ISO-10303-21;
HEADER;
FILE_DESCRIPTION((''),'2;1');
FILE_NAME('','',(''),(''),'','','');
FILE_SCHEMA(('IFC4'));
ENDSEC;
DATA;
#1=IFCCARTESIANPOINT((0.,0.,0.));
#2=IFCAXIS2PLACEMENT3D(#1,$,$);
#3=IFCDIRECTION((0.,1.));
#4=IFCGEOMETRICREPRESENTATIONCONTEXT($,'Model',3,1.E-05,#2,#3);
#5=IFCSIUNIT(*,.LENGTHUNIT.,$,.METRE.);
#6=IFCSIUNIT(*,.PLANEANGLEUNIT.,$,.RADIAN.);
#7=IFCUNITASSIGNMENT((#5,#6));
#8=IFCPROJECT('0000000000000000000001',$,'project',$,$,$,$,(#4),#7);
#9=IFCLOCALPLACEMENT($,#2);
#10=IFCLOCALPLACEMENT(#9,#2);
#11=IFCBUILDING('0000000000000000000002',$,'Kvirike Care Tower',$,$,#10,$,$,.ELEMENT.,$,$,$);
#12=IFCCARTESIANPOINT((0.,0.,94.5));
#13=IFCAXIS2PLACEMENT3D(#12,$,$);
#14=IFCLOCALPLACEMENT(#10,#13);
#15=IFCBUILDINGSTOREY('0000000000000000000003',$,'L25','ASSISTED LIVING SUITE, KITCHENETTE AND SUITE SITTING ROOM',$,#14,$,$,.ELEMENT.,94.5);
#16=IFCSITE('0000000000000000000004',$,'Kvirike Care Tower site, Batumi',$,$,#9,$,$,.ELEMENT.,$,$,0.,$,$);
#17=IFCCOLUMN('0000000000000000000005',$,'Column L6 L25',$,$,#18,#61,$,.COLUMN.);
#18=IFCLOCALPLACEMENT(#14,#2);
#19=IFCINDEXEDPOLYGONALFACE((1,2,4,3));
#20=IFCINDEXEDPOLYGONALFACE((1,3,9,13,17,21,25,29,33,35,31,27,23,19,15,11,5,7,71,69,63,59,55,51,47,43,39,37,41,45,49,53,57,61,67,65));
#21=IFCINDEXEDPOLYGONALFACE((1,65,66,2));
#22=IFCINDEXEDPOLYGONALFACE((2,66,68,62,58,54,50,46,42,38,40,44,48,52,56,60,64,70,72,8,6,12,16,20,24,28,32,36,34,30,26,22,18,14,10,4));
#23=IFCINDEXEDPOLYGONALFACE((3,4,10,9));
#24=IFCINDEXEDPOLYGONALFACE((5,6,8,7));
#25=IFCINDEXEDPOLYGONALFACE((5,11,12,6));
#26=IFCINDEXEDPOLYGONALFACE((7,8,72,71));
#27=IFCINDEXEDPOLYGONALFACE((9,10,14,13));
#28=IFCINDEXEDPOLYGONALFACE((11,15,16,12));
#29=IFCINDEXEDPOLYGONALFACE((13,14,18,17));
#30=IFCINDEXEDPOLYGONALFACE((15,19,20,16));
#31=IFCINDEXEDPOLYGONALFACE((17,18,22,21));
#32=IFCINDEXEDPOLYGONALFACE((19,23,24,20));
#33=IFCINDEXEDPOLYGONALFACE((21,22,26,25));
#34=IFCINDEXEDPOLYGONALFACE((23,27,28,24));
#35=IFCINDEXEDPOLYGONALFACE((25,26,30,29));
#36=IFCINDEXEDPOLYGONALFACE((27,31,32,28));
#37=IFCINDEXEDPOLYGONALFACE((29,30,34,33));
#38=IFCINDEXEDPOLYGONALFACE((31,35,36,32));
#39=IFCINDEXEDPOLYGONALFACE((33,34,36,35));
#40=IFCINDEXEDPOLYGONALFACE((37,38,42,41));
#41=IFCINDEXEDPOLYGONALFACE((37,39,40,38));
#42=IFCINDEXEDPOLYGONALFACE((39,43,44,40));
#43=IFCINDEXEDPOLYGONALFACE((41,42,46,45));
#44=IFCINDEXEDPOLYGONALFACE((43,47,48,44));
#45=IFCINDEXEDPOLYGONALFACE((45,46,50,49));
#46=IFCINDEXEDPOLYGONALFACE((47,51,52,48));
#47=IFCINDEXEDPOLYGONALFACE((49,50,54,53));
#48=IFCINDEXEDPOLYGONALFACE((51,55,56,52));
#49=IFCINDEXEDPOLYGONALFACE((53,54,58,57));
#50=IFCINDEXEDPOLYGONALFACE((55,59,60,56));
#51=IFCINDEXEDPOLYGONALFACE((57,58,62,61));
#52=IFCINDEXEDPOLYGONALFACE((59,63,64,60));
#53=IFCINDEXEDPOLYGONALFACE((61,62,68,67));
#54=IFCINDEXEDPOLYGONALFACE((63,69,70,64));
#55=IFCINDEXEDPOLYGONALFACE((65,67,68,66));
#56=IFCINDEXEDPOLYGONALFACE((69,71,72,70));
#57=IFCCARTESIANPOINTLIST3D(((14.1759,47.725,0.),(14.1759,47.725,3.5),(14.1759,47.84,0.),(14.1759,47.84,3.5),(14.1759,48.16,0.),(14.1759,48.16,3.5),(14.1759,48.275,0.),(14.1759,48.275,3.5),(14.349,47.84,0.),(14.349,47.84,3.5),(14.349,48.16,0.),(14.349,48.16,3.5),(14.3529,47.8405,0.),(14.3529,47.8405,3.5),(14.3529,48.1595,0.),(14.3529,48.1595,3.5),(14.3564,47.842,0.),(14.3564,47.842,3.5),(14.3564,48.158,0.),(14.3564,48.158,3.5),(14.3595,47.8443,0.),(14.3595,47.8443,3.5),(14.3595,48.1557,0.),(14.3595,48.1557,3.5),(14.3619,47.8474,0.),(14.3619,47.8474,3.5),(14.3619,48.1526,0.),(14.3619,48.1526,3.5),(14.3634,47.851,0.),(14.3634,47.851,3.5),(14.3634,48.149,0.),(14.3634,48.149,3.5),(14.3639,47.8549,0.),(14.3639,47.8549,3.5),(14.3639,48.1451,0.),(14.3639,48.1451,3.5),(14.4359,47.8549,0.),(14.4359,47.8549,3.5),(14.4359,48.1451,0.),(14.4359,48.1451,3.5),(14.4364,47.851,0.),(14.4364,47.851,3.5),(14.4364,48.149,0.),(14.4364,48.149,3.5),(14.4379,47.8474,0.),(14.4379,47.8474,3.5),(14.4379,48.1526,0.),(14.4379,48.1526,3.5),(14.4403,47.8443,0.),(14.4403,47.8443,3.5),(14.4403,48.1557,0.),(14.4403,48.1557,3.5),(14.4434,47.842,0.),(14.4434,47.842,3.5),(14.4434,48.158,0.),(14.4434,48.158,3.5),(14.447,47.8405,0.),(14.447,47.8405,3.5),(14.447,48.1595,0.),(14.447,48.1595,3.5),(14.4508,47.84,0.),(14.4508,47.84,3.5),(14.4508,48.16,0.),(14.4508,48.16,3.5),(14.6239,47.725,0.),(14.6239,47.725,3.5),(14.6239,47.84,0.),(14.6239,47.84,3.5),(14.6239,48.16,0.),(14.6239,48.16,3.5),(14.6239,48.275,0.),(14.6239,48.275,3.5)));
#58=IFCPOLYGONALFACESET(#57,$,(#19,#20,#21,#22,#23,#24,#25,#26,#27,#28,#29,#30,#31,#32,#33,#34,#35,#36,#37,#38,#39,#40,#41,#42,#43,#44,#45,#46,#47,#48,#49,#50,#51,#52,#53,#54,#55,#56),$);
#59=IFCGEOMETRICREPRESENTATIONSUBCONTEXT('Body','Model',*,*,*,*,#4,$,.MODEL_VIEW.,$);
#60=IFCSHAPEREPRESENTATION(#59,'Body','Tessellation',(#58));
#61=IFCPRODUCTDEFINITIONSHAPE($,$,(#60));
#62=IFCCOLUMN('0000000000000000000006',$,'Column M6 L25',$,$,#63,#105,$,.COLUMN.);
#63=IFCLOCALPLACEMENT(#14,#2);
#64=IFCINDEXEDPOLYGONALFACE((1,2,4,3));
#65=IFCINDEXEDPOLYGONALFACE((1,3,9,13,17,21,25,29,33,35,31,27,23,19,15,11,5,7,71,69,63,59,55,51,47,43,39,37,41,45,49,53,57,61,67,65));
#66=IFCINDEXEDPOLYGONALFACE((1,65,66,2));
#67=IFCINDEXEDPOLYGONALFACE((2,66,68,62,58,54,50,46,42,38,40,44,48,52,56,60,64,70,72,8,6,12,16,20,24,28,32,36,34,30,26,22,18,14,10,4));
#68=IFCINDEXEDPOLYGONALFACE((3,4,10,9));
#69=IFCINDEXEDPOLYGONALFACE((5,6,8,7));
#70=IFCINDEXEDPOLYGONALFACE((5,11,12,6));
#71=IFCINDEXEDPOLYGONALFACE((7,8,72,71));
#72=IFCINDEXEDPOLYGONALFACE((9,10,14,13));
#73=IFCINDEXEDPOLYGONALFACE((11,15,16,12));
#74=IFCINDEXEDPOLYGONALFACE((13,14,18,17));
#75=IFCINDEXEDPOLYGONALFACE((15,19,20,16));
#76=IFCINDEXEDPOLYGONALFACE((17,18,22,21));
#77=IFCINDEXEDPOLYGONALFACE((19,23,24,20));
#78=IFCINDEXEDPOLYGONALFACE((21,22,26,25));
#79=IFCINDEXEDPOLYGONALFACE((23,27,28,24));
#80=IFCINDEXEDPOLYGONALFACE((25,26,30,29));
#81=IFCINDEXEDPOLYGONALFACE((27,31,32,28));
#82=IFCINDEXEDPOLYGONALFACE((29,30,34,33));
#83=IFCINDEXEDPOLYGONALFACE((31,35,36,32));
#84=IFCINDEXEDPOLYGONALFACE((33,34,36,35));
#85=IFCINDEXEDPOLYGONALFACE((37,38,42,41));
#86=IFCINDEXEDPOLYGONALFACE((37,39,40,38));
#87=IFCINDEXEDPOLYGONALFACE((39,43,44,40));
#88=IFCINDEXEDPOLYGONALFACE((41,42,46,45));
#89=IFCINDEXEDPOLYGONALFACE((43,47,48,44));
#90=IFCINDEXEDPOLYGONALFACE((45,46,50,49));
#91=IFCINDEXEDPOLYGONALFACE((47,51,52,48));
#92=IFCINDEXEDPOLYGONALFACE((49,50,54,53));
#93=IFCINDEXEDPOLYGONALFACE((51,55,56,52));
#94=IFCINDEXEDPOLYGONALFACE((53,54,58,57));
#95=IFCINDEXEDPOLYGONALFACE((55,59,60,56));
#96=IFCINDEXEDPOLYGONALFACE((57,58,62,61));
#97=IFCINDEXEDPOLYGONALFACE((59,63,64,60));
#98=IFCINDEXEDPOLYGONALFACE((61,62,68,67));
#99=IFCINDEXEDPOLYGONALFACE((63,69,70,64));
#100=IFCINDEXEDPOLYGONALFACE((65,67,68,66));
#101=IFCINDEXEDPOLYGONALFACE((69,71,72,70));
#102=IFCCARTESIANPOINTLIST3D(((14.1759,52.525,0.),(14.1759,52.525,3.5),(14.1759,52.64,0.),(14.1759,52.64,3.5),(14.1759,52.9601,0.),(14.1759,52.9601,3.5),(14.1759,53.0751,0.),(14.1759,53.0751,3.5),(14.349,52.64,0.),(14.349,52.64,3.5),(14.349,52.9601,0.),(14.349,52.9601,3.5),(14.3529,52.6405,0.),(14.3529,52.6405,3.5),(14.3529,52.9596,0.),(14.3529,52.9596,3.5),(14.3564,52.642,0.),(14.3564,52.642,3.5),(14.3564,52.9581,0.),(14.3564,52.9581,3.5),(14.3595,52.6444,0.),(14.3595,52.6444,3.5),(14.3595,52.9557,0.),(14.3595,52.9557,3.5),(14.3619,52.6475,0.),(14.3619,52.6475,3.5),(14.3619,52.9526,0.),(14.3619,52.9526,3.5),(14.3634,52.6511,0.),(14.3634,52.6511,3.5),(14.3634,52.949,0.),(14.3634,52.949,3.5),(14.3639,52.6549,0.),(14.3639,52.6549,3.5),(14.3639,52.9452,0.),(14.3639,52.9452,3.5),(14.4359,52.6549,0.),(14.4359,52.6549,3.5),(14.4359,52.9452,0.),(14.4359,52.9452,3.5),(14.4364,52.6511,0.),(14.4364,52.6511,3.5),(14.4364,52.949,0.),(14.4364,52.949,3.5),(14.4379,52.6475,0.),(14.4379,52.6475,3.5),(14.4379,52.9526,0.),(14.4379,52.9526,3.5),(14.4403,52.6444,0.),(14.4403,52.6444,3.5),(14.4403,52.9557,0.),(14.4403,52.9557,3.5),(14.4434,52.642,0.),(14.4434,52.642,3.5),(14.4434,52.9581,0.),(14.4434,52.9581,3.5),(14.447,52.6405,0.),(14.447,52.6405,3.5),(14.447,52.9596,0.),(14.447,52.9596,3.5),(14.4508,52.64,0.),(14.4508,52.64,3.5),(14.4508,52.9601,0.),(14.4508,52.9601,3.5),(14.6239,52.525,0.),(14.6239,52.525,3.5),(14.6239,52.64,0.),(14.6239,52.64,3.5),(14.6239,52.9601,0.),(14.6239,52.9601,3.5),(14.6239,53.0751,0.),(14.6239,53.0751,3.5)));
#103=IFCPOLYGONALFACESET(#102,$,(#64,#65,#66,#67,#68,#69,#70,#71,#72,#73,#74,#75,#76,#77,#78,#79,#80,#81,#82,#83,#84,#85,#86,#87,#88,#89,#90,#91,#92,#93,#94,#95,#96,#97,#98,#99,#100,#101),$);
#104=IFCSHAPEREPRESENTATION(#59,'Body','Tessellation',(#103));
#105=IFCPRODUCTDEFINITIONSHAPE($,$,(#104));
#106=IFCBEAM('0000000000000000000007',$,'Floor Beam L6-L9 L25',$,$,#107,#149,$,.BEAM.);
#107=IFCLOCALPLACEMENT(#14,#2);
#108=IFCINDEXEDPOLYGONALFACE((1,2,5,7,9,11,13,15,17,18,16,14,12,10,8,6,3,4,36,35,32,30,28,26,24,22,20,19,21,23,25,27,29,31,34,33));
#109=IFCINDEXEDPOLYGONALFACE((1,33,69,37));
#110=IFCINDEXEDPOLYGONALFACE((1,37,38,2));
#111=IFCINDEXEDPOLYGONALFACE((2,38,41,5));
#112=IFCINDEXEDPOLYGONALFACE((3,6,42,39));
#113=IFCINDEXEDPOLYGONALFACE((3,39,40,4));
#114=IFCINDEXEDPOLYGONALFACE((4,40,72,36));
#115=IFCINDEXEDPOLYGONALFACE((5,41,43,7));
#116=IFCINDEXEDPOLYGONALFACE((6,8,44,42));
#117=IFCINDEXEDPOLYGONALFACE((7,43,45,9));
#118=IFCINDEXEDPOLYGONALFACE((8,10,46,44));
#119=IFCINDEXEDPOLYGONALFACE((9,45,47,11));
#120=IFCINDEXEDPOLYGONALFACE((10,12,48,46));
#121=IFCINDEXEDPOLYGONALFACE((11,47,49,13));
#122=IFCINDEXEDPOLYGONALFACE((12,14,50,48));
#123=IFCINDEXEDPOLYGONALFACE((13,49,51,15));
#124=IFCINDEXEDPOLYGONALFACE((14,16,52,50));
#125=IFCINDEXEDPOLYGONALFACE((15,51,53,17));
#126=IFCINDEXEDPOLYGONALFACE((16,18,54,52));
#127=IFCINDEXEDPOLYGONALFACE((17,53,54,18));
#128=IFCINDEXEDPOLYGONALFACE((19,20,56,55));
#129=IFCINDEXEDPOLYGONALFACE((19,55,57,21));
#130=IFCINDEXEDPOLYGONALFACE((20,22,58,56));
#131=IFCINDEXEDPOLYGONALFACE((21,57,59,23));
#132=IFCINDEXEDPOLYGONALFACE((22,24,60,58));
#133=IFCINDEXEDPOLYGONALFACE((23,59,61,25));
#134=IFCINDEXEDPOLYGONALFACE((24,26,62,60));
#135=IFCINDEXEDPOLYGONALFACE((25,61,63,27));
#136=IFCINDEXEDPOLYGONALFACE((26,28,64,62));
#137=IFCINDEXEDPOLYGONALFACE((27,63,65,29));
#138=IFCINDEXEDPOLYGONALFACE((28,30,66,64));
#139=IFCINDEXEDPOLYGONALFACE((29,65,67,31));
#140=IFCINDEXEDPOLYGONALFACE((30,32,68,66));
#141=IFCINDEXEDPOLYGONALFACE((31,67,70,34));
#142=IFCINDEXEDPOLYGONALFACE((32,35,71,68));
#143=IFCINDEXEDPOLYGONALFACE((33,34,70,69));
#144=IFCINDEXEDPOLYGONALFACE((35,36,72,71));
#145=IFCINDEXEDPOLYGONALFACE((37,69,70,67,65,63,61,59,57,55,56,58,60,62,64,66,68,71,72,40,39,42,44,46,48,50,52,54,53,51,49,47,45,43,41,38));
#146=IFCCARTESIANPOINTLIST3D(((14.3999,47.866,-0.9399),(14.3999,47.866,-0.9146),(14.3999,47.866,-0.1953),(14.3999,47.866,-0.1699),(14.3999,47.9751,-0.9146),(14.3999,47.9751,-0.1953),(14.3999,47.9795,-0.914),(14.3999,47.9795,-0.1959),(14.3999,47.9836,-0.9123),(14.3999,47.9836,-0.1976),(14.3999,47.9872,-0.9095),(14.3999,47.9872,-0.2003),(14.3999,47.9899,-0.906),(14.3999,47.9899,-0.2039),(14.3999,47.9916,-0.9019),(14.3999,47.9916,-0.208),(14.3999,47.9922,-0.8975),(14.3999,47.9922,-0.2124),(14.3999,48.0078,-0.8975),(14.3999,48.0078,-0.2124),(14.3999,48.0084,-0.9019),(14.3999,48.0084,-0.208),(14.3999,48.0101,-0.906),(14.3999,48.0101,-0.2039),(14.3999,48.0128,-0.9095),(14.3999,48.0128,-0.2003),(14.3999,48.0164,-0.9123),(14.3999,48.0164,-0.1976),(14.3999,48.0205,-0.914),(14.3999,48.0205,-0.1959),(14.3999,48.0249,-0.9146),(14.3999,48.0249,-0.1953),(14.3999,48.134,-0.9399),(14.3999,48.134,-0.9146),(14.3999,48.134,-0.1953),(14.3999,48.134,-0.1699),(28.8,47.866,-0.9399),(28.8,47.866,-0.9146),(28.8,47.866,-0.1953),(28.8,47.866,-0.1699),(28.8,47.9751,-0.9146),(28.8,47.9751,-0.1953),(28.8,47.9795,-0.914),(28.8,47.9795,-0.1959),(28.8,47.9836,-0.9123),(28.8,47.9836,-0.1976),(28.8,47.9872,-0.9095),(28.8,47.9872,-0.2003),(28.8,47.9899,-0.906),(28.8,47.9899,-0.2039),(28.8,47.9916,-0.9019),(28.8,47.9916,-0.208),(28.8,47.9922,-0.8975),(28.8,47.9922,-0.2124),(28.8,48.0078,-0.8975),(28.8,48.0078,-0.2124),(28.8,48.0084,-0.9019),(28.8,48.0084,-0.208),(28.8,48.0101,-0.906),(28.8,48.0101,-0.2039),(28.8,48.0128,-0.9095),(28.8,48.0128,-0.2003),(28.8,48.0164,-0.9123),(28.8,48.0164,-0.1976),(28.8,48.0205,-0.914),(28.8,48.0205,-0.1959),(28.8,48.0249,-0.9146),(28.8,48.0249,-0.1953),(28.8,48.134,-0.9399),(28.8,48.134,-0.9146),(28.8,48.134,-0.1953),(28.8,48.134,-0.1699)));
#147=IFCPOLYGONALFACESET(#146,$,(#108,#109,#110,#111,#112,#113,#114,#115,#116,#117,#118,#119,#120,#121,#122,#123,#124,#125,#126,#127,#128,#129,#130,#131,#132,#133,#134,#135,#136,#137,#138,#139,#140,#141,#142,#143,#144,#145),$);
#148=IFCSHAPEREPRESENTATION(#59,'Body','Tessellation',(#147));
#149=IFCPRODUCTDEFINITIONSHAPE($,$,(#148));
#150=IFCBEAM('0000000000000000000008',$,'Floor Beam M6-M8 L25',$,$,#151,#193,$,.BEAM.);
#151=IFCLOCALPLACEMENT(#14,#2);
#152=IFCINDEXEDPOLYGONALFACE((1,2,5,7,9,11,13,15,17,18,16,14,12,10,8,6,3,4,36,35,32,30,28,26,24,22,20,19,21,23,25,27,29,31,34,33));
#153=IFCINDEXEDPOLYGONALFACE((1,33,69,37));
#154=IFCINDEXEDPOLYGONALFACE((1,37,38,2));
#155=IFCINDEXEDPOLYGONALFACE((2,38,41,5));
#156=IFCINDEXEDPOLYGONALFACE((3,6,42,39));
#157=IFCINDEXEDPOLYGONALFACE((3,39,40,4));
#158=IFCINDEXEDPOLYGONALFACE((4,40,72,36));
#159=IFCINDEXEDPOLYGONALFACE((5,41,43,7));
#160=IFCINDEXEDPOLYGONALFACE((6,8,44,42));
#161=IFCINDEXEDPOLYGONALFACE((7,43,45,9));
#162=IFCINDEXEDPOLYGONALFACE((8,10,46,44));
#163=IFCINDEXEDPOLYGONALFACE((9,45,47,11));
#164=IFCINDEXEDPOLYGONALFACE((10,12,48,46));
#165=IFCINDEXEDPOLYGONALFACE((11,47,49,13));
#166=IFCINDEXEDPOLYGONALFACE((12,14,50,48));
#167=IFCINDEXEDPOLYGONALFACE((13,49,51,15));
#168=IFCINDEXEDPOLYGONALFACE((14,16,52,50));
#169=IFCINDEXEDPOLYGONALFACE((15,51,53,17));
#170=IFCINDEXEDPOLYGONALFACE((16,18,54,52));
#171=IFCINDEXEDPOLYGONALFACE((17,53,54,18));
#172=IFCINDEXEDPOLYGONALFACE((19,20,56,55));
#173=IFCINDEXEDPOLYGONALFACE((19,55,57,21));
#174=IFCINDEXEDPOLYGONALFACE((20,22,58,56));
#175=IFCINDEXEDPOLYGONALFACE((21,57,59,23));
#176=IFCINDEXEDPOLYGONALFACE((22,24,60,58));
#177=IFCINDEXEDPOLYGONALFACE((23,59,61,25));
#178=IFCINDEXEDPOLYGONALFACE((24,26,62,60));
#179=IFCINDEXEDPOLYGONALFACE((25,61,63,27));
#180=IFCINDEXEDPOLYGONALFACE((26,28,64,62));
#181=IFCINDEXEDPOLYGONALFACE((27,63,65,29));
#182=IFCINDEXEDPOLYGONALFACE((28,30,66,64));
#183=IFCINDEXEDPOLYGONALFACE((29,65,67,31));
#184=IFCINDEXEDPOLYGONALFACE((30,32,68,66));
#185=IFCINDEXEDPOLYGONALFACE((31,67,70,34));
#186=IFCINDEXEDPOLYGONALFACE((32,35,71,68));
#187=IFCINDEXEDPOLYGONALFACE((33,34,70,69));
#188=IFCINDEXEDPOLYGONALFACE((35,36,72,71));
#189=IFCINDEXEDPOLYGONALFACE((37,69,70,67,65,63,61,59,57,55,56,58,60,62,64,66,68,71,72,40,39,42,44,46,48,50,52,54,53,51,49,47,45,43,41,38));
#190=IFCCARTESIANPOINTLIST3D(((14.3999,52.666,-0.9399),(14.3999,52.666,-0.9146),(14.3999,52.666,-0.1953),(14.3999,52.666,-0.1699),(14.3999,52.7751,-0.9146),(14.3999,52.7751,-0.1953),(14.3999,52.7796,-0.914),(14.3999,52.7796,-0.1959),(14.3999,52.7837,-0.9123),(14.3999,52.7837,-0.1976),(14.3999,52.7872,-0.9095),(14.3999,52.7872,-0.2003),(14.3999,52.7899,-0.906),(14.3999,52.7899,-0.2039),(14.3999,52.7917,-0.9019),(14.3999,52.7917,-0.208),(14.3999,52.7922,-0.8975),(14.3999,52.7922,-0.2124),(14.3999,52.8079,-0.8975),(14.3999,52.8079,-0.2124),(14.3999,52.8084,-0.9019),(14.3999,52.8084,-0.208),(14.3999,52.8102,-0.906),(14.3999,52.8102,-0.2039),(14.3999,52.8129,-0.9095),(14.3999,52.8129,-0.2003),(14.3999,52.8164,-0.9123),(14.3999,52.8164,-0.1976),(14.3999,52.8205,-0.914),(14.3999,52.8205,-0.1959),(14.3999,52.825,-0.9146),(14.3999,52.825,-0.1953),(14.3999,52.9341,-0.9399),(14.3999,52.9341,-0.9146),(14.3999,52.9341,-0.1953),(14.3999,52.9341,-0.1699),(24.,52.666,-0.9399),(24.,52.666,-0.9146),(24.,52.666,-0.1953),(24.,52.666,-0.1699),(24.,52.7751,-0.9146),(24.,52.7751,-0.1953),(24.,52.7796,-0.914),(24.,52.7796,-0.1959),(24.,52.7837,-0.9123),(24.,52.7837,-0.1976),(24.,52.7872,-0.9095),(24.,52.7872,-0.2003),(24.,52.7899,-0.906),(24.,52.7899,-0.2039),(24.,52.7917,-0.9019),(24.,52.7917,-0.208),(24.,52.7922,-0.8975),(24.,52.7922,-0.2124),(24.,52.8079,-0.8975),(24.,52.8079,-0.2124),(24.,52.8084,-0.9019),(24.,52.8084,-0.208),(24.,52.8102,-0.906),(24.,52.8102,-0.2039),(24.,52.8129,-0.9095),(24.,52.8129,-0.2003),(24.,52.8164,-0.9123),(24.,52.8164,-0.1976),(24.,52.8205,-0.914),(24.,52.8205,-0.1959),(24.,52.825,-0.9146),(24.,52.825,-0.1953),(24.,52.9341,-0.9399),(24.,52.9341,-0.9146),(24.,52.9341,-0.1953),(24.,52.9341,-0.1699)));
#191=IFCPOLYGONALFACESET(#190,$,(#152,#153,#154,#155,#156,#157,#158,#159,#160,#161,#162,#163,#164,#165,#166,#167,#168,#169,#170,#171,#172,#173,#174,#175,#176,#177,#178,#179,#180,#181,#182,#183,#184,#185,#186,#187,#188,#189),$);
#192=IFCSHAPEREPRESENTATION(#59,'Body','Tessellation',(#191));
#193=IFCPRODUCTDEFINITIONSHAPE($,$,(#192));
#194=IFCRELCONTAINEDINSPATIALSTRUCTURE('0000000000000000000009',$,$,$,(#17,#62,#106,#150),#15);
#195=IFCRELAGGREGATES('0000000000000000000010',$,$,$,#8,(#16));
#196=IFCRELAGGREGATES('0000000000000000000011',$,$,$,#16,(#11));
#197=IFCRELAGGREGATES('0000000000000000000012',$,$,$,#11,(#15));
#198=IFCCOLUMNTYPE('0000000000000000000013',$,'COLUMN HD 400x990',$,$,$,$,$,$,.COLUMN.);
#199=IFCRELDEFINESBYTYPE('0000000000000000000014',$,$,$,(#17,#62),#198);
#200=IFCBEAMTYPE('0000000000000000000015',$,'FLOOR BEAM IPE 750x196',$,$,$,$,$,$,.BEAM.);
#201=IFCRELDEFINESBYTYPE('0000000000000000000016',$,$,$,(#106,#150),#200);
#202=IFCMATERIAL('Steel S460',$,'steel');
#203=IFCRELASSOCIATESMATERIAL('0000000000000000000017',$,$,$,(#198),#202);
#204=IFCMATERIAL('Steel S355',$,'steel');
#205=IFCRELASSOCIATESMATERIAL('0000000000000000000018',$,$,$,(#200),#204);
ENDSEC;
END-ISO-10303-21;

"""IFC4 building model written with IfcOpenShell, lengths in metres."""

from ifc_helpers import new_model, si_unit, direction, frame, origin, origin_2d, place, context, subcontext, project, spatial, i_section, extrude, material, material_profile, profile_set, type_object, element, save


model = new_model("IFC4")

# Units and contexts
model_context = context("Model", 3, precision=1e-05, world=origin(), true_north=direction((0.0, 1.0)))
body_context = subcontext(model_context, "Body", "Model", "MODEL_VIEW")
ifc_project = project(units=[si_unit("LENGTHUNIT", "METRE"), si_unit("PLANEANGLEUNIT", "RADIAN")], contexts=[model_context])

# Site, building, storey
site_placement = place(None, origin())
site = spatial("IfcSite", under=ifc_project, at=site_placement, Name="Kvirike Care Tower site, Batumi", CompositionType="ELEMENT", RefElevation=0.0)
building_placement = place(site_placement, origin())
building = spatial("IfcBuilding", under=site, at=building_placement, Name="Kvirike Care Tower", CompositionType="ELEMENT")
storey_placement = place(building_placement, frame((0.0, 0.0, 94.5)))
storey = spatial("IfcBuildingStorey", under=building, at=storey_placement, Name="L25", Description="ASSISTED LIVING SUITE, KITCHENETTE AND SUITE SITTING ROOM", CompositionType="ELEMENT", Elevation=94.5)

# Columns
ifc_material_1 = material(Name="Steel S460", Category="steel")
ifc_material_profile_1 = material_profile(ifc_material_1, i_section(OverallWidth=0.448, OverallDepth=0.55, WebThickness=0.072, FlangeThickness=0.115, FilletRadius=0.0149, at=origin_2d()), Name="HD 400x990")
ifc_profile_set_1 = profile_set([ifc_material_profile_1], Name="Steel S460")
column_type = type_object("IfcColumnType", Name="COLUMN HD 400x990", PredefinedType="COLUMN", material=ifc_profile_set_1)
for number, where, z_axis, x_axis, name in (
    (1, (14.3999, 48.0, 0.0), (0.0, 0.0, 1.0), (1.0, 0.0, 0.0), "Column L6 L25"),
    (2, (14.3999, 52.8, 0.0), (0.0, 0.0, 1.0), (1.0, 0.0, 0.0), "Column M6 L25"),
):
    element("IfcColumn", number, at=place(storey_placement, frame(where, z_axis=z_axis, x_axis=x_axis)), inside=storey, type_object=column_type, Name=name, PredefinedType="COLUMN", context=body_context, shape_type="SweptSolid", body=[
        extrude(i_section(OverallWidth=0.448, OverallDepth=0.55, WebThickness=0.072, FlangeThickness=0.115, FilletRadius=0.0149, at=origin_2d()), origin(), (0.0, 0.0, 1.0), 3.5),
    ])

# Beams
ifc_material_2 = material(Name="Steel S355", Category="steel")
ifc_material_profile_2 = material_profile(ifc_material_2, i_section(OverallWidth=0.2681, OverallDepth=0.77, WebThickness=0.0156, FlangeThickness=0.0254, FilletRadius=0.0171, at=origin_2d()), Name="IPE 750x196")
ifc_profile_set_2 = profile_set([ifc_material_profile_2], Name="Steel S355")
beam_type_1 = type_object("IfcBeamType", Name="FLOOR BEAM IPE 750x196", PredefinedType="BEAM", material=ifc_profile_set_2)
beam_1_placement = place(storey_placement, frame((14.3999, 48.0, -0.5549), z_axis=(1.0, 0.0, 0.0), x_axis=(0.0, 1.0, 0.0)))
element("IfcBeam", 3, at=beam_1_placement, inside=storey, type_object=beam_type_1, Name="Floor Beam L6-L9 L25", PredefinedType="BEAM", context=body_context, shape_type="SweptSolid", body=[
    extrude(i_section(OverallWidth=0.2681, OverallDepth=0.77, WebThickness=0.0156, FlangeThickness=0.0254, FilletRadius=0.0171, at=origin_2d()), origin(), (0.0, 0.0, 1.0), 14.4001),
])
beam_2_placement = place(storey_placement, frame((14.3999, 52.8, -0.5549), z_axis=(1.0, 0.0, 0.0), x_axis=(0.0, 1.0, 0.0)))
element("IfcBeam", 4, at=beam_2_placement, inside=storey, type_object=beam_type_1, Name="Floor Beam M6-M8 L25", PredefinedType="BEAM", context=body_context, shape_type="SweptSolid", body=[
    extrude(i_section(OverallWidth=0.2681, OverallDepth=0.77, WebThickness=0.0156, FlangeThickness=0.0254, FilletRadius=0.0171, at=origin_2d()), origin(), (0.0, 0.0, 1.0), 9.6001),
])

save(model, "model.ifc")
